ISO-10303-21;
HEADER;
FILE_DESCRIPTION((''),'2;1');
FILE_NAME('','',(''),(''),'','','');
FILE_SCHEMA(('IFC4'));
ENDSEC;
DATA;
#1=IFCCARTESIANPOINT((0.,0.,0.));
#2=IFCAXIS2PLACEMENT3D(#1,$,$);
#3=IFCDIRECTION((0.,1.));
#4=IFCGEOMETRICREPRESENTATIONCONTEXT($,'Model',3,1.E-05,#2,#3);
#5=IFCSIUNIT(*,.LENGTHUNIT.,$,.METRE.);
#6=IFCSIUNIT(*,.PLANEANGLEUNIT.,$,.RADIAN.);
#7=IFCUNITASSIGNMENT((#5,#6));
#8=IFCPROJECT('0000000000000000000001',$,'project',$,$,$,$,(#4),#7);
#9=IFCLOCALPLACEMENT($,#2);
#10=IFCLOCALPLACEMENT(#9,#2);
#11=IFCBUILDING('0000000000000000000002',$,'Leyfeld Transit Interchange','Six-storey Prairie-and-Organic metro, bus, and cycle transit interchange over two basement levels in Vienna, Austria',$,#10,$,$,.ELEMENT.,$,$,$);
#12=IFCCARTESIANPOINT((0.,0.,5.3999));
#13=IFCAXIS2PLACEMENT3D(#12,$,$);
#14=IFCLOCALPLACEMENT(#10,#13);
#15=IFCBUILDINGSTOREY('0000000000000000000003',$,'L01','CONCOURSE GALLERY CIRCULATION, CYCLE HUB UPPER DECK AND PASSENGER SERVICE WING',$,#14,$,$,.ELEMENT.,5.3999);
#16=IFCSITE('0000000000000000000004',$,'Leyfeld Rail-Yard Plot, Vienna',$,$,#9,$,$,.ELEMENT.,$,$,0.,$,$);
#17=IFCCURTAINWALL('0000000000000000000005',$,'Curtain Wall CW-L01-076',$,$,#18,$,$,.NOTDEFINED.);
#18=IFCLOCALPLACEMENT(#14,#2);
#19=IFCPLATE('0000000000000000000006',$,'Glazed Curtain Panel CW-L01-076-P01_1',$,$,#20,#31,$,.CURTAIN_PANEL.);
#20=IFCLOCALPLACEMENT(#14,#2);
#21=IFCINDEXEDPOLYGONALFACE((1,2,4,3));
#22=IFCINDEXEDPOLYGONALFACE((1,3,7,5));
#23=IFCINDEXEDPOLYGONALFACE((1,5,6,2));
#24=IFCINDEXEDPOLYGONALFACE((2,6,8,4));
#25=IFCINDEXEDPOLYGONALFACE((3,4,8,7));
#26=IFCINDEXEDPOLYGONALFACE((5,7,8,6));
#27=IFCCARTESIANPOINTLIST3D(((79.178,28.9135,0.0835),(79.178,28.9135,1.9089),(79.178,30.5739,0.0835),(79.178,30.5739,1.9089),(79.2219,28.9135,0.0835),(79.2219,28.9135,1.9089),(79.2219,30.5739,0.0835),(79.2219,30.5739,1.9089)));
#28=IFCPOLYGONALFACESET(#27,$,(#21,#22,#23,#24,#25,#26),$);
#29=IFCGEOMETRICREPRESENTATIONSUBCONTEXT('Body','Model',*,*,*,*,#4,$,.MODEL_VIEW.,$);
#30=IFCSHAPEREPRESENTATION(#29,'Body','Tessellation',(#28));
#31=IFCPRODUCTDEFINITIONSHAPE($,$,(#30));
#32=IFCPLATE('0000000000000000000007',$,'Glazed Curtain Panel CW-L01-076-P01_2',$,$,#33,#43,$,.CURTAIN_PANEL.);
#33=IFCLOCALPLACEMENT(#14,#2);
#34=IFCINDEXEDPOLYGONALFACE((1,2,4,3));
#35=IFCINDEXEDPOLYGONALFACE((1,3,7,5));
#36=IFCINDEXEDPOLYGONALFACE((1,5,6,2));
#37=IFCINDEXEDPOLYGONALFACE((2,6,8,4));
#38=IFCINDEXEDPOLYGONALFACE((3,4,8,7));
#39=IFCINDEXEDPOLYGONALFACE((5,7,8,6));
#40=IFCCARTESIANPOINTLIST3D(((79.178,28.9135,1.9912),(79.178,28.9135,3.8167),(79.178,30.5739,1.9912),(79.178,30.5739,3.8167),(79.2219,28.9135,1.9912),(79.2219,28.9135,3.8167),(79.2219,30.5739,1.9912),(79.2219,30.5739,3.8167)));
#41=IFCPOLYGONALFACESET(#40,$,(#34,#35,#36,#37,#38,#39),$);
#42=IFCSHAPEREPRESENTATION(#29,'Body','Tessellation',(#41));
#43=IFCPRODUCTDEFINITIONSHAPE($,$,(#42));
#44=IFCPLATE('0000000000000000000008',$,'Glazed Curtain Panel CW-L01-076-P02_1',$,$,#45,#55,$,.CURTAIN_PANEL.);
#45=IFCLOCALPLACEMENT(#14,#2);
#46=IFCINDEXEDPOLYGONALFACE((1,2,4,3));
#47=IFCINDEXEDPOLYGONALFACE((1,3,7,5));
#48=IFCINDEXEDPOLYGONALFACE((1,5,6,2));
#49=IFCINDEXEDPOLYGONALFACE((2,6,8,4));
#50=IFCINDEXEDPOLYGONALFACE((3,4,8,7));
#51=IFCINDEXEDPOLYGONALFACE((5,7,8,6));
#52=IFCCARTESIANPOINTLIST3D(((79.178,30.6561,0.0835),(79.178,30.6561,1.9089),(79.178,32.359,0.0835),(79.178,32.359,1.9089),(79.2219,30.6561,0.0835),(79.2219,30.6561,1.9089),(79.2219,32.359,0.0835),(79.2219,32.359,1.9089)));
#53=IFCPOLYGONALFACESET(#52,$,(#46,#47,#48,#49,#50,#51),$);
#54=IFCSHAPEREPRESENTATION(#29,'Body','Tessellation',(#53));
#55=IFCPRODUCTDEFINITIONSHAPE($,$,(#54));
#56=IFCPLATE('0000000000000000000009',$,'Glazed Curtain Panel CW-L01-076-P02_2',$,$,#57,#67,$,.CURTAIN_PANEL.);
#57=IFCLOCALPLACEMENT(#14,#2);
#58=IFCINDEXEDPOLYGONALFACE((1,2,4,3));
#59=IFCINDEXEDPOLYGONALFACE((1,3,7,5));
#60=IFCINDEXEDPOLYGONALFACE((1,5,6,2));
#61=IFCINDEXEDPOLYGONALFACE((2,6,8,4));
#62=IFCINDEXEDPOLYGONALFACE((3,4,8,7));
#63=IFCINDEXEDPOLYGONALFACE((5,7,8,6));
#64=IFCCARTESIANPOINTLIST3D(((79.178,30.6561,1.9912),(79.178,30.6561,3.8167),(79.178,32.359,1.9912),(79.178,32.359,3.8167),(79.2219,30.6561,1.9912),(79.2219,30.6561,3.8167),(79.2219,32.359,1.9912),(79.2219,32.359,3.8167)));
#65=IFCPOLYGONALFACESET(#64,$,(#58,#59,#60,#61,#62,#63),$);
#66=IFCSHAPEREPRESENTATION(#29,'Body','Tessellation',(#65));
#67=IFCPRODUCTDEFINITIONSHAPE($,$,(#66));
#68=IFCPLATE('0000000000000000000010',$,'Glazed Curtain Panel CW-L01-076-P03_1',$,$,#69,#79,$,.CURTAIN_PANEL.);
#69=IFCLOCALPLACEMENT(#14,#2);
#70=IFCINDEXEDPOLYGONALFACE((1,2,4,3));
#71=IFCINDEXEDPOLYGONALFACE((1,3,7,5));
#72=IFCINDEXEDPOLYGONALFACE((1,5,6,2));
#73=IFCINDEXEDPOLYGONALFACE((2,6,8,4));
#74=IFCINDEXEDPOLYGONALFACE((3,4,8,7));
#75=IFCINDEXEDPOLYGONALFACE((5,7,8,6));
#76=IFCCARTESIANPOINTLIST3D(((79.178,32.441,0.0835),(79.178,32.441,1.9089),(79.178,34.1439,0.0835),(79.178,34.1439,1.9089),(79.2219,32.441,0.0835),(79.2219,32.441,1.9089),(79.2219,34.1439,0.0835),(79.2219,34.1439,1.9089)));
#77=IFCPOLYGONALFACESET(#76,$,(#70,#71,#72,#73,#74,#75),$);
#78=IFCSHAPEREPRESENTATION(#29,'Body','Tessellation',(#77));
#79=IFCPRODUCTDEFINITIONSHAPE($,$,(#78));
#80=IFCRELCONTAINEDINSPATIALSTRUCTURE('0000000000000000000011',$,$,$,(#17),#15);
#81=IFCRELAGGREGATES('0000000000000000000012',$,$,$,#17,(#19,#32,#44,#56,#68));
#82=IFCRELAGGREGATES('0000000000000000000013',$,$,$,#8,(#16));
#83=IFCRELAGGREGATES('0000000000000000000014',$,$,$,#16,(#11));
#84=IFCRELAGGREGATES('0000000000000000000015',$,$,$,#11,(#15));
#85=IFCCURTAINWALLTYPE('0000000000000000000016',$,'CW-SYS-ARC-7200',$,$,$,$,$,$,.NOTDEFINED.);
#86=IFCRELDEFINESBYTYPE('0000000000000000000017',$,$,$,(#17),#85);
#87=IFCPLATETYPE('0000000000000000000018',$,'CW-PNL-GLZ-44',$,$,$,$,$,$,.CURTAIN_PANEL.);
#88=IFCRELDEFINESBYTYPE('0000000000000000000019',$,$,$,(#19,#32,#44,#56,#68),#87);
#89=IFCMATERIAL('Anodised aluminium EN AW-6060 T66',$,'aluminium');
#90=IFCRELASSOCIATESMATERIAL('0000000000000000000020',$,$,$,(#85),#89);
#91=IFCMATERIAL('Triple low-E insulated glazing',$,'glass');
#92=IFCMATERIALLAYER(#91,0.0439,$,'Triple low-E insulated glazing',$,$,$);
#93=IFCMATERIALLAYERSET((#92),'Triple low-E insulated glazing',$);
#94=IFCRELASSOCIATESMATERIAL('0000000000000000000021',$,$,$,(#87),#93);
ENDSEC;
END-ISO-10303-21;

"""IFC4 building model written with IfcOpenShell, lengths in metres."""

from ifc_helpers import new_model, si_unit, direction, frame, origin, origin_2d, place, context, subcontext, project, spatial, rectangle, extrude, material, layer, layer_set, type_object, element, aggregate, save


model = new_model("IFC4")

# Units and contexts
model_context = context("Model", 3, precision=1e-05, world=origin(), true_north=direction((0.0, 1.0)))
body_context = subcontext(model_context, "Body", "Model", "MODEL_VIEW")
ifc_project = project(units=[si_unit("LENGTHUNIT", "METRE"), si_unit("PLANEANGLEUNIT", "RADIAN")], contexts=[model_context])

# Site, building, storey
site_placement = place(None, origin())
site = spatial("IfcSite", under=ifc_project, at=site_placement, Name="Leyfeld Rail-Yard Plot, Vienna", CompositionType="ELEMENT", RefElevation=0.0)
building_placement = place(site_placement, origin())
building = spatial("IfcBuilding", under=site, at=building_placement, Name="Leyfeld Transit Interchange", Description="Six-storey Prairie-and-Organic metro, bus, and cycle transit interchange over two basement levels in Vienna, Austria", CompositionType="ELEMENT")
storey_placement = place(building_placement, frame((0.0, 0.0, 5.3999)))
storey = spatial("IfcBuildingStorey", under=building, at=storey_placement, Name="L01", Description="CONCOURSE GALLERY CIRCULATION, CYCLE HUB UPPER DECK AND PASSENGER SERVICE WING", CompositionType="ELEMENT", Elevation=5.3999)

# Curtain wall
ifc_material_1 = material(Name="Anodised aluminium EN AW-6060 T66", Category="aluminium")
curtain_wall_type = type_object("IfcCurtainWallType", Name="CW-SYS-ARC-7200", PredefinedType="NOTDEFINED", material=ifc_material_1)
curtain_wall_1_placement = place(storey_placement, origin())
curtain_wall_1 = element("IfcCurtainWall", 1, at=curtain_wall_1_placement, inside=storey, type_object=curtain_wall_type, Name="Curtain Wall CW-L01-076", PredefinedType="NOTDEFINED")

# Plates
ifc_material_2 = material(Name="Triple low-E insulated glazing", Category="glass")
ifc_layer = layer(ifc_material_2, 0.0439, Name="Triple low-E insulated glazing")
ifc_layer_set = layer_set([ifc_layer], Name="Triple low-E insulated glazing")
plate_type = type_object("IfcPlateType", Name="CW-PNL-GLZ-44", PredefinedType="CURTAIN_PANEL", material=ifc_layer_set)
plate_1_placement = place(storey_placement, frame((79.2, 29.7437, 0.0835), z_axis=(0.0, 0.0, 1.0), x_axis=(0.0, 1.0, 0.0)))
plate_1 = element("IfcPlate", 2, at=plate_1_placement, type_object=plate_type, Name="Glazed Curtain Panel CW-L01-076-P01_1", PredefinedType="CURTAIN_PANEL", context=body_context, shape_type="SweptSolid", body=[
    extrude(rectangle(XDim=1.6604, YDim=0.0439, at=origin_2d()), origin(), (0.0, 0.0, 1.0), 1.8254),
])
plate_2_placement = place(storey_placement, frame((79.2, 29.7437, 1.9912), z_axis=(0.0, 0.0, 1.0), x_axis=(0.0, 1.0, 0.0)))
plate_2 = element("IfcPlate", 3, at=plate_2_placement, type_object=plate_type, Name="Glazed Curtain Panel CW-L01-076-P01_2", PredefinedType="CURTAIN_PANEL", context=body_context, shape_type="SweptSolid", body=[
    extrude(rectangle(XDim=1.6604, YDim=0.0439, at=origin_2d()), origin(), (0.0, 0.0, 1.0), 1.8254),
])
plate_3_placement = place(storey_placement, frame((79.2, 31.5076, 0.0835), z_axis=(0.0, 0.0, 1.0), x_axis=(0.0, 1.0, 0.0)))
plate_3 = element("IfcPlate", 4, at=plate_3_placement, type_object=plate_type, Name="Glazed Curtain Panel CW-L01-076-P02_1", PredefinedType="CURTAIN_PANEL", context=body_context, shape_type="SweptSolid", body=[
    extrude(rectangle(XDim=1.7029, YDim=0.0439, at=origin_2d()), origin(), (0.0, 0.0, 1.0), 1.8254),
])
plate_4_placement = place(storey_placement, frame((79.2, 31.5076, 1.9912), z_axis=(0.0, 0.0, 1.0), x_axis=(0.0, 1.0, 0.0)))
plate_4 = element("IfcPlate", 5, at=plate_4_placement, type_object=plate_type, Name="Glazed Curtain Panel CW-L01-076-P02_2", PredefinedType="CURTAIN_PANEL", context=body_context, shape_type="SweptSolid", body=[
    extrude(rectangle(XDim=1.7029, YDim=0.0439, at=origin_2d()), origin(), (0.0, 0.0, 1.0), 1.8254),
])
plate_5_placement = place(storey_placement, frame((79.2, 33.2925, 0.0835), z_axis=(0.0, 0.0, 1.0), x_axis=(0.0, 1.0, 0.0)))
plate_5 = element("IfcPlate", 6, at=plate_5_placement, type_object=plate_type, Name="Glazed Curtain Panel CW-L01-076-P03_1", PredefinedType="CURTAIN_PANEL", context=body_context, shape_type="SweptSolid", body=[
    extrude(rectangle(XDim=1.7029, YDim=0.0439, at=origin_2d()), origin(), (0.0, 0.0, 1.0), 1.8254),
])
aggregate(curtain_wall_1, [plate_1, plate_2, plate_3, plate_4, plate_5])

save(model, "model.ifc")
